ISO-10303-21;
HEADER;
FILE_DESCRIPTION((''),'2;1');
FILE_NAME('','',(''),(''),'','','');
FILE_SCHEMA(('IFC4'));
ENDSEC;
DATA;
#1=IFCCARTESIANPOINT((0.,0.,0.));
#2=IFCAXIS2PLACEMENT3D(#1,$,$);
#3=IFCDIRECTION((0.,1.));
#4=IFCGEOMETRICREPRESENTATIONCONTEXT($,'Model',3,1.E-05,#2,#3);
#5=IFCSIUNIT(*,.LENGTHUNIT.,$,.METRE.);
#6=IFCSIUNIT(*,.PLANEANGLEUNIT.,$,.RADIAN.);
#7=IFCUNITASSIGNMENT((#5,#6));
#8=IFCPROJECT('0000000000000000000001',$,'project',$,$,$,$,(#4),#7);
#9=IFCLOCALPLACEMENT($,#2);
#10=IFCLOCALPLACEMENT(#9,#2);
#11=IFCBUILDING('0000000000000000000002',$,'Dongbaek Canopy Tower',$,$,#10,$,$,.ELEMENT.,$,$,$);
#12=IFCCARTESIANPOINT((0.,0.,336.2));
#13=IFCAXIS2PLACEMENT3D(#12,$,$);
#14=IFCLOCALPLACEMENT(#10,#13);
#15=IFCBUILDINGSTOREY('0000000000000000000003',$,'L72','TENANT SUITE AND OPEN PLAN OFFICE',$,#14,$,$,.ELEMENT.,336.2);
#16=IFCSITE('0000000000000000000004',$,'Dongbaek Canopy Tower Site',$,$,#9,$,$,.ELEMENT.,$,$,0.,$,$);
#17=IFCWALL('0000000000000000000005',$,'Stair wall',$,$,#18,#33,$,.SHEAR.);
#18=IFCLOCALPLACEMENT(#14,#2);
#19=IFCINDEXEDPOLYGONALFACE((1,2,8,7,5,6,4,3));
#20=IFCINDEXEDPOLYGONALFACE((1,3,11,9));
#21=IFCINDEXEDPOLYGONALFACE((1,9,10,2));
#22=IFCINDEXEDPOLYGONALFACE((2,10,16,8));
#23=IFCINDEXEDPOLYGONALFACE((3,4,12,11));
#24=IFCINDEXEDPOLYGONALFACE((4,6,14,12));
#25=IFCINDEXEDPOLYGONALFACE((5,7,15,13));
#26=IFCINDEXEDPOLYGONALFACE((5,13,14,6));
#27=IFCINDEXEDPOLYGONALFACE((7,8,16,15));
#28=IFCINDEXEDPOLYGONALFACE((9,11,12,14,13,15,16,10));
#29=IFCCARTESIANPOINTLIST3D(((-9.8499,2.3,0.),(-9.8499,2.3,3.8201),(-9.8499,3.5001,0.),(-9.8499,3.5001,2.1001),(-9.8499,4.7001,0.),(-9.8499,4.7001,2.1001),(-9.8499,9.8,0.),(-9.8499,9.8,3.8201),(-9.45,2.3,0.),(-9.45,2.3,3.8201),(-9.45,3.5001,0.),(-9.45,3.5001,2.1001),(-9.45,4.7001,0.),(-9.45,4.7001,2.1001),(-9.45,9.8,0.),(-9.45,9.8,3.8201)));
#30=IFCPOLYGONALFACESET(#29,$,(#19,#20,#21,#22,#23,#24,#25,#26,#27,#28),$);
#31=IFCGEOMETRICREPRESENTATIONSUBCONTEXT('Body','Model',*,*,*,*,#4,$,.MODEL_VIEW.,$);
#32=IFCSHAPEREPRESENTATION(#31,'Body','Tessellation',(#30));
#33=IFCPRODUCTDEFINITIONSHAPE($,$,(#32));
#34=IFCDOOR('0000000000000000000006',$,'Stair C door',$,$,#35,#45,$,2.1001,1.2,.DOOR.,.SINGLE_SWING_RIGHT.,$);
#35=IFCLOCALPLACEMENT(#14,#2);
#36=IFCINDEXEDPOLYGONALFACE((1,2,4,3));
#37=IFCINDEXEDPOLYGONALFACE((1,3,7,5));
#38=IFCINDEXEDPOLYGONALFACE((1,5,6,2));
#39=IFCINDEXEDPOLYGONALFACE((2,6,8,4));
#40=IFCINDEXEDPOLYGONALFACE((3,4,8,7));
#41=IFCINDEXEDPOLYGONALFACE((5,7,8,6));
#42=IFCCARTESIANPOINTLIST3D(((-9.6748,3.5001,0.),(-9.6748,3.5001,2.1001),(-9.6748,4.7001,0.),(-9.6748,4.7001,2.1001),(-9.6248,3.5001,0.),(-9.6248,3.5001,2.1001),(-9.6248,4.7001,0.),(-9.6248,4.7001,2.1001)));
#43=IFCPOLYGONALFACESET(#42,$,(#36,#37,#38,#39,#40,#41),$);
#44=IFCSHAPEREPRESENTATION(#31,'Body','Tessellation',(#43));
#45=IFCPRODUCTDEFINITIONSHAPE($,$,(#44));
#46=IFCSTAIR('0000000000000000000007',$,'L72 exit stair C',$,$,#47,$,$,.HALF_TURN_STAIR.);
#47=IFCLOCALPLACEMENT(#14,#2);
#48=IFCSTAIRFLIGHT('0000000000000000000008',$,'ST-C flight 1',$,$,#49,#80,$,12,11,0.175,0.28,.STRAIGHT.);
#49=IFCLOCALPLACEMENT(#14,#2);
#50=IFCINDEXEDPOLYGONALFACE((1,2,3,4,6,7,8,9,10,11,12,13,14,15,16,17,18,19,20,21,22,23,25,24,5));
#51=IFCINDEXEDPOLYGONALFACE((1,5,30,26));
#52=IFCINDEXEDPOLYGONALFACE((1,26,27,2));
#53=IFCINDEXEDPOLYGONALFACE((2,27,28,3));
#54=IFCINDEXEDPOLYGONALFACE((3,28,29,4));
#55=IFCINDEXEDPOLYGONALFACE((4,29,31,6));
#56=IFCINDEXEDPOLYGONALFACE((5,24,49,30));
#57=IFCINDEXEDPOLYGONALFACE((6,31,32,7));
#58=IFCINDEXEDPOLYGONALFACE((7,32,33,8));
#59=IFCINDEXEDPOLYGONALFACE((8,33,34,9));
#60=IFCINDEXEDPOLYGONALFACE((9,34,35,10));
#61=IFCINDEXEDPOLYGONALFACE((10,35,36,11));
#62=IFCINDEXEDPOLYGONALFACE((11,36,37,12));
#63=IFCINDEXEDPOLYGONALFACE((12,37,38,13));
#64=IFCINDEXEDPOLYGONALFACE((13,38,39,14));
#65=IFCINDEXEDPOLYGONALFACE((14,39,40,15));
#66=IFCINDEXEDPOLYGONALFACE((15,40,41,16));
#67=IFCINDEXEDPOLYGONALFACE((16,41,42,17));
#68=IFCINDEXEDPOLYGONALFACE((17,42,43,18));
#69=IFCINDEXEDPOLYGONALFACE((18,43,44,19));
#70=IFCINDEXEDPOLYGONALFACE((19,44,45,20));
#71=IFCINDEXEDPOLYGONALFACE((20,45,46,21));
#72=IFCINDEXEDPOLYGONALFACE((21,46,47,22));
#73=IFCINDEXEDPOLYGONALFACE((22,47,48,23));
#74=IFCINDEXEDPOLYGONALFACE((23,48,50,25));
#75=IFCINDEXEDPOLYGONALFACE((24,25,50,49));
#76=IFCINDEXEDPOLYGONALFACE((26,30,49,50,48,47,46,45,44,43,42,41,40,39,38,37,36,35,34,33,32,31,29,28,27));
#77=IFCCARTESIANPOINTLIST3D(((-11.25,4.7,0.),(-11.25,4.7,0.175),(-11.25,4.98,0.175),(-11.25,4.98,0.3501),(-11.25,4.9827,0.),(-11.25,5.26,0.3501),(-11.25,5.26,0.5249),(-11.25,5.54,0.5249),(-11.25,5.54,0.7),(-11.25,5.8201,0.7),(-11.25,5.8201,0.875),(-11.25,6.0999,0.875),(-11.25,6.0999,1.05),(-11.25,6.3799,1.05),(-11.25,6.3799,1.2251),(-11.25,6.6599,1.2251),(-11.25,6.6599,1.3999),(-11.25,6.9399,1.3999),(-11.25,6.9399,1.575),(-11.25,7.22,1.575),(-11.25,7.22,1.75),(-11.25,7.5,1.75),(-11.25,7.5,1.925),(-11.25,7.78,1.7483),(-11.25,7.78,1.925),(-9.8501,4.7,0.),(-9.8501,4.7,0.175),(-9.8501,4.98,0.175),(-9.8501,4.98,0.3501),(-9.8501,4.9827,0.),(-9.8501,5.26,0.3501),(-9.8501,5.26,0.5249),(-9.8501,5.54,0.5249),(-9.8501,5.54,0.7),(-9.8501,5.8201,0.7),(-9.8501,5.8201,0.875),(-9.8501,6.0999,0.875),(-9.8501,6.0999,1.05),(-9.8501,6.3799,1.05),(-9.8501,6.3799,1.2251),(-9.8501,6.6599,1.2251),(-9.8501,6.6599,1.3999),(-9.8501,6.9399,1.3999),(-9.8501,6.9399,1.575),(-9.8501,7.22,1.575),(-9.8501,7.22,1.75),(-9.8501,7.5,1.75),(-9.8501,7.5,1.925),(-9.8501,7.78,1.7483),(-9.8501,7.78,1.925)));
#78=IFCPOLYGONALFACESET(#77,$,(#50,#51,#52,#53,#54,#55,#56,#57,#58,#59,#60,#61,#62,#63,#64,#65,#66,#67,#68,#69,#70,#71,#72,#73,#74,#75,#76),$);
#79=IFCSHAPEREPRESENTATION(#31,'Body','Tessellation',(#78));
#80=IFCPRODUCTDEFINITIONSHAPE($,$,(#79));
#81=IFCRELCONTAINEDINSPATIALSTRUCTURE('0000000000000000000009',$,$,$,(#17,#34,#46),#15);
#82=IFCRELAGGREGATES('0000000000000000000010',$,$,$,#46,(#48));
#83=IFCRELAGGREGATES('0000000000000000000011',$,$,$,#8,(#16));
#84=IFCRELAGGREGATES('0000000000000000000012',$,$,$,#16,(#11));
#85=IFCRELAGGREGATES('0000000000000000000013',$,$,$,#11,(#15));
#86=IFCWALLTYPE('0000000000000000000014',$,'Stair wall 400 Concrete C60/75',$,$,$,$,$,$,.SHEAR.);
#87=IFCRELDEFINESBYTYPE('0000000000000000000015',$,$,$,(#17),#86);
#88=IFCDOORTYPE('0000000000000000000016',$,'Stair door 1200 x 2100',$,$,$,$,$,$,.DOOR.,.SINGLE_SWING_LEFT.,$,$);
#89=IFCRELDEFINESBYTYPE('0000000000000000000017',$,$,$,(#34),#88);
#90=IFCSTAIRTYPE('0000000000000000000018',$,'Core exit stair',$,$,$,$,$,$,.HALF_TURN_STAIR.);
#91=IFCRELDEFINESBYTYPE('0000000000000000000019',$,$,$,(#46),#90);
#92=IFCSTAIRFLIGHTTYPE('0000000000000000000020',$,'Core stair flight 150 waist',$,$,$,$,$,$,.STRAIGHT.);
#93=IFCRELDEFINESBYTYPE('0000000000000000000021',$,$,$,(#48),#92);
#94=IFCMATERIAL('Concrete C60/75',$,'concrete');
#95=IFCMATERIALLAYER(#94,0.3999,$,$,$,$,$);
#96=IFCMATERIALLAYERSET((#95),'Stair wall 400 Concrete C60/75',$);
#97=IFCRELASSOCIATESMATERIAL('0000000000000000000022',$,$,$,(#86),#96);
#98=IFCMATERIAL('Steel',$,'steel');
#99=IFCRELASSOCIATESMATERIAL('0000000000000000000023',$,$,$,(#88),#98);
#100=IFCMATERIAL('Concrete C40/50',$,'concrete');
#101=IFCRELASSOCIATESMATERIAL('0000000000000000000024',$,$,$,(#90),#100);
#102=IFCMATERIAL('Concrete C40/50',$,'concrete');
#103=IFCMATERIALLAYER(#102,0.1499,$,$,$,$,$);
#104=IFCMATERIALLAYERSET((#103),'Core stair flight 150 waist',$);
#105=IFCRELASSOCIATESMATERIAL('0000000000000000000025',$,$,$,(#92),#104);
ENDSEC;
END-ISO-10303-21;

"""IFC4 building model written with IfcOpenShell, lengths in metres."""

from ifc_helpers import new_model, si_unit, direction, frame, frame_2d, origin, place, context, subcontext, project, spatial, polyline, rectangle, outline, extrude, material, layer, layer_set, type_object, element, fill, aggregate, save


model = new_model("IFC4")

# Units and contexts
model_context = context("Model", 3, precision=1e-05, world=origin(), true_north=direction((0.0, 1.0)))
body_context = subcontext(model_context, "Body", "Model", "MODEL_VIEW")
ifc_project = project(units=[si_unit("LENGTHUNIT", "METRE"), si_unit("PLANEANGLEUNIT", "RADIAN")], contexts=[model_context])

# Site, building, storey
site_placement = place(None, origin())
site = spatial("IfcSite", under=ifc_project, at=site_placement, Name="Dongbaek Canopy Tower Site", CompositionType="ELEMENT", RefElevation=0.0)
building_placement = place(site_placement, origin())
building = spatial("IfcBuilding", under=site, at=building_placement, Name="Dongbaek Canopy Tower", CompositionType="ELEMENT")
storey_placement = place(building_placement, frame((0.0, 0.0, 336.2)))
storey = spatial("IfcBuildingStorey", under=building, at=storey_placement, Name="L72", Description="TENANT SUITE AND OPEN PLAN OFFICE", CompositionType="ELEMENT", Elevation=336.2)

# Wall, opening, door
ifc_material_1 = material(Name="Concrete C60/75", Category="concrete")
ifc_layer_1 = layer(ifc_material_1, 0.3999)
ifc_layer_set_1 = layer_set([ifc_layer_1], Name="Stair wall 400 Concrete C60/75")
wall_type_1 = type_object("IfcWallType", Name="Stair wall 400 Concrete C60/75", PredefinedType="SHEAR", material=ifc_layer_set_1)
wall_1_placement = place(storey_placement, frame((-9.6499, 2.3, 0.0), z_axis=(0.0, 0.0, 1.0), x_axis=(0.0, 1.0, 0.0)))
wall_1 = element("IfcWall", 1, at=wall_1_placement, inside=storey, type_object=wall_type_1, Name="Stair wall", PredefinedType="SHEAR", context=body_context, shape_type="SweptSolid", body=[
    extrude(rectangle(XDim=7.5, YDim=0.3999, at=frame_2d((3.75, 0.0))), origin(), (0.0, 0.0, 1.0), 3.8201),
])
opening_1_placement = place(wall_1_placement, frame((1.2, 0.0, 0.0)))
opening_1 = element("IfcOpeningElement", 2, at=opening_1_placement, cuts=wall_1, PredefinedType="OPENING", context=body_context, shape_type="SweptSolid", body=[
    extrude(rectangle(XDim=1.2, YDim=2.1001, at=frame_2d((0.6001, 1.05))), frame((0.0, 0.21, 0.0), z_axis=(0.0, -1.0, 0.0), x_axis=(1.0, 0.0, 0.0)), (0.0, 0.0, 1.0), 0.4199),
])
ifc_material_2 = material(Name="Steel", Category="steel")
door_type_1 = type_object("IfcDoorType", Name="Stair door 1200 x 2100", OperationType="SINGLE_SWING_LEFT", PredefinedType="DOOR", material=ifc_material_2)
door_1_placement = place(opening_1_placement, origin())
door_1 = element("IfcDoor", 3, at=door_1_placement, inside=storey, type_object=door_type_1, Name="Stair C door", OperationType="SINGLE_SWING_RIGHT", OverallHeight=2.1001, OverallWidth=1.2, PredefinedType="DOOR", context=body_context, shape_type="SweptSolid", body=[
    extrude(rectangle(XDim=1.2, YDim=2.1001, at=frame_2d((0.6001, 1.05))), frame((0.0, 0.0249, 0.0), z_axis=(0.0, -1.0, 0.0), x_axis=(1.0, 0.0, 0.0)), (0.0, 0.0, 1.0), 0.05),
])
fill(opening_1, door_1)

# Stair, stair flight
ifc_material_3 = material(Name="Concrete C40/50", Category="concrete")
stair_type = type_object("IfcStairType", Name="Core exit stair", PredefinedType="HALF_TURN_STAIR", material=ifc_material_3)
stair_placement = place(storey_placement, origin())
stair = element("IfcStair", 4, at=stair_placement, inside=storey, type_object=stair_type, Name="L72 exit stair C", PredefinedType="HALF_TURN_STAIR")
ifc_material_4 = material(Name="Concrete C40/50", Category="concrete")
ifc_layer_2 = layer(ifc_material_4, 0.1499)
ifc_layer_set_2 = layer_set([ifc_layer_2], Name="Core stair flight 150 waist")
stair_flight_type = type_object("IfcStairFlightType", Name="Core stair flight 150 waist", PredefinedType="STRAIGHT", material=ifc_layer_set_2)
stair_flight_placement = place(storey_placement, frame((-10.55, 4.7, 0.0), z_axis=(0.0, 0.0, 1.0), x_axis=(0.0, 1.0, 0.0)))
stair_flight = element("IfcStairFlight", 5, at=stair_flight_placement, type_object=stair_flight_type, Name="ST-C flight 1", NumberOfRisers=12, NumberOfTreads=11, PredefinedType="STRAIGHT", RiserHeight=0.175, TreadLength=0.28, context=body_context, shape_type="SweptSolid", body=[
    extrude(outline(polyline([(0.0, 0.0), (0.0, 0.175), (0.28, 0.175), (0.28, 0.3501), (0.5601, 0.3501), (0.5601, 0.5249), (0.8401, 0.5249), (0.8401, 0.7), (1.1201, 0.7), (1.1201, 0.875), (1.3999, 0.875), (1.3999, 1.05), (1.6799, 1.05), (1.6799, 1.2251), (1.96, 1.2251), (1.96, 1.3999), (2.24, 1.3999), (2.24, 1.575), (2.52, 1.575), (2.52, 1.75), (2.8, 1.75), (2.8, 1.925), (3.0801, 1.925), (3.0801, 2.1001), (3.0801, 1.7483), (0.2827, 0.0), (0.0, 0.0)])), frame((0.0, 0.7, 0.0), z_axis=(0.0, -1.0, 0.0), x_axis=(1.0, 0.0, 0.0)), (0.0, 0.0, 1.0), 1.3999),
])
aggregate(stair, [stair_flight])

save(model, "model.ifc")
